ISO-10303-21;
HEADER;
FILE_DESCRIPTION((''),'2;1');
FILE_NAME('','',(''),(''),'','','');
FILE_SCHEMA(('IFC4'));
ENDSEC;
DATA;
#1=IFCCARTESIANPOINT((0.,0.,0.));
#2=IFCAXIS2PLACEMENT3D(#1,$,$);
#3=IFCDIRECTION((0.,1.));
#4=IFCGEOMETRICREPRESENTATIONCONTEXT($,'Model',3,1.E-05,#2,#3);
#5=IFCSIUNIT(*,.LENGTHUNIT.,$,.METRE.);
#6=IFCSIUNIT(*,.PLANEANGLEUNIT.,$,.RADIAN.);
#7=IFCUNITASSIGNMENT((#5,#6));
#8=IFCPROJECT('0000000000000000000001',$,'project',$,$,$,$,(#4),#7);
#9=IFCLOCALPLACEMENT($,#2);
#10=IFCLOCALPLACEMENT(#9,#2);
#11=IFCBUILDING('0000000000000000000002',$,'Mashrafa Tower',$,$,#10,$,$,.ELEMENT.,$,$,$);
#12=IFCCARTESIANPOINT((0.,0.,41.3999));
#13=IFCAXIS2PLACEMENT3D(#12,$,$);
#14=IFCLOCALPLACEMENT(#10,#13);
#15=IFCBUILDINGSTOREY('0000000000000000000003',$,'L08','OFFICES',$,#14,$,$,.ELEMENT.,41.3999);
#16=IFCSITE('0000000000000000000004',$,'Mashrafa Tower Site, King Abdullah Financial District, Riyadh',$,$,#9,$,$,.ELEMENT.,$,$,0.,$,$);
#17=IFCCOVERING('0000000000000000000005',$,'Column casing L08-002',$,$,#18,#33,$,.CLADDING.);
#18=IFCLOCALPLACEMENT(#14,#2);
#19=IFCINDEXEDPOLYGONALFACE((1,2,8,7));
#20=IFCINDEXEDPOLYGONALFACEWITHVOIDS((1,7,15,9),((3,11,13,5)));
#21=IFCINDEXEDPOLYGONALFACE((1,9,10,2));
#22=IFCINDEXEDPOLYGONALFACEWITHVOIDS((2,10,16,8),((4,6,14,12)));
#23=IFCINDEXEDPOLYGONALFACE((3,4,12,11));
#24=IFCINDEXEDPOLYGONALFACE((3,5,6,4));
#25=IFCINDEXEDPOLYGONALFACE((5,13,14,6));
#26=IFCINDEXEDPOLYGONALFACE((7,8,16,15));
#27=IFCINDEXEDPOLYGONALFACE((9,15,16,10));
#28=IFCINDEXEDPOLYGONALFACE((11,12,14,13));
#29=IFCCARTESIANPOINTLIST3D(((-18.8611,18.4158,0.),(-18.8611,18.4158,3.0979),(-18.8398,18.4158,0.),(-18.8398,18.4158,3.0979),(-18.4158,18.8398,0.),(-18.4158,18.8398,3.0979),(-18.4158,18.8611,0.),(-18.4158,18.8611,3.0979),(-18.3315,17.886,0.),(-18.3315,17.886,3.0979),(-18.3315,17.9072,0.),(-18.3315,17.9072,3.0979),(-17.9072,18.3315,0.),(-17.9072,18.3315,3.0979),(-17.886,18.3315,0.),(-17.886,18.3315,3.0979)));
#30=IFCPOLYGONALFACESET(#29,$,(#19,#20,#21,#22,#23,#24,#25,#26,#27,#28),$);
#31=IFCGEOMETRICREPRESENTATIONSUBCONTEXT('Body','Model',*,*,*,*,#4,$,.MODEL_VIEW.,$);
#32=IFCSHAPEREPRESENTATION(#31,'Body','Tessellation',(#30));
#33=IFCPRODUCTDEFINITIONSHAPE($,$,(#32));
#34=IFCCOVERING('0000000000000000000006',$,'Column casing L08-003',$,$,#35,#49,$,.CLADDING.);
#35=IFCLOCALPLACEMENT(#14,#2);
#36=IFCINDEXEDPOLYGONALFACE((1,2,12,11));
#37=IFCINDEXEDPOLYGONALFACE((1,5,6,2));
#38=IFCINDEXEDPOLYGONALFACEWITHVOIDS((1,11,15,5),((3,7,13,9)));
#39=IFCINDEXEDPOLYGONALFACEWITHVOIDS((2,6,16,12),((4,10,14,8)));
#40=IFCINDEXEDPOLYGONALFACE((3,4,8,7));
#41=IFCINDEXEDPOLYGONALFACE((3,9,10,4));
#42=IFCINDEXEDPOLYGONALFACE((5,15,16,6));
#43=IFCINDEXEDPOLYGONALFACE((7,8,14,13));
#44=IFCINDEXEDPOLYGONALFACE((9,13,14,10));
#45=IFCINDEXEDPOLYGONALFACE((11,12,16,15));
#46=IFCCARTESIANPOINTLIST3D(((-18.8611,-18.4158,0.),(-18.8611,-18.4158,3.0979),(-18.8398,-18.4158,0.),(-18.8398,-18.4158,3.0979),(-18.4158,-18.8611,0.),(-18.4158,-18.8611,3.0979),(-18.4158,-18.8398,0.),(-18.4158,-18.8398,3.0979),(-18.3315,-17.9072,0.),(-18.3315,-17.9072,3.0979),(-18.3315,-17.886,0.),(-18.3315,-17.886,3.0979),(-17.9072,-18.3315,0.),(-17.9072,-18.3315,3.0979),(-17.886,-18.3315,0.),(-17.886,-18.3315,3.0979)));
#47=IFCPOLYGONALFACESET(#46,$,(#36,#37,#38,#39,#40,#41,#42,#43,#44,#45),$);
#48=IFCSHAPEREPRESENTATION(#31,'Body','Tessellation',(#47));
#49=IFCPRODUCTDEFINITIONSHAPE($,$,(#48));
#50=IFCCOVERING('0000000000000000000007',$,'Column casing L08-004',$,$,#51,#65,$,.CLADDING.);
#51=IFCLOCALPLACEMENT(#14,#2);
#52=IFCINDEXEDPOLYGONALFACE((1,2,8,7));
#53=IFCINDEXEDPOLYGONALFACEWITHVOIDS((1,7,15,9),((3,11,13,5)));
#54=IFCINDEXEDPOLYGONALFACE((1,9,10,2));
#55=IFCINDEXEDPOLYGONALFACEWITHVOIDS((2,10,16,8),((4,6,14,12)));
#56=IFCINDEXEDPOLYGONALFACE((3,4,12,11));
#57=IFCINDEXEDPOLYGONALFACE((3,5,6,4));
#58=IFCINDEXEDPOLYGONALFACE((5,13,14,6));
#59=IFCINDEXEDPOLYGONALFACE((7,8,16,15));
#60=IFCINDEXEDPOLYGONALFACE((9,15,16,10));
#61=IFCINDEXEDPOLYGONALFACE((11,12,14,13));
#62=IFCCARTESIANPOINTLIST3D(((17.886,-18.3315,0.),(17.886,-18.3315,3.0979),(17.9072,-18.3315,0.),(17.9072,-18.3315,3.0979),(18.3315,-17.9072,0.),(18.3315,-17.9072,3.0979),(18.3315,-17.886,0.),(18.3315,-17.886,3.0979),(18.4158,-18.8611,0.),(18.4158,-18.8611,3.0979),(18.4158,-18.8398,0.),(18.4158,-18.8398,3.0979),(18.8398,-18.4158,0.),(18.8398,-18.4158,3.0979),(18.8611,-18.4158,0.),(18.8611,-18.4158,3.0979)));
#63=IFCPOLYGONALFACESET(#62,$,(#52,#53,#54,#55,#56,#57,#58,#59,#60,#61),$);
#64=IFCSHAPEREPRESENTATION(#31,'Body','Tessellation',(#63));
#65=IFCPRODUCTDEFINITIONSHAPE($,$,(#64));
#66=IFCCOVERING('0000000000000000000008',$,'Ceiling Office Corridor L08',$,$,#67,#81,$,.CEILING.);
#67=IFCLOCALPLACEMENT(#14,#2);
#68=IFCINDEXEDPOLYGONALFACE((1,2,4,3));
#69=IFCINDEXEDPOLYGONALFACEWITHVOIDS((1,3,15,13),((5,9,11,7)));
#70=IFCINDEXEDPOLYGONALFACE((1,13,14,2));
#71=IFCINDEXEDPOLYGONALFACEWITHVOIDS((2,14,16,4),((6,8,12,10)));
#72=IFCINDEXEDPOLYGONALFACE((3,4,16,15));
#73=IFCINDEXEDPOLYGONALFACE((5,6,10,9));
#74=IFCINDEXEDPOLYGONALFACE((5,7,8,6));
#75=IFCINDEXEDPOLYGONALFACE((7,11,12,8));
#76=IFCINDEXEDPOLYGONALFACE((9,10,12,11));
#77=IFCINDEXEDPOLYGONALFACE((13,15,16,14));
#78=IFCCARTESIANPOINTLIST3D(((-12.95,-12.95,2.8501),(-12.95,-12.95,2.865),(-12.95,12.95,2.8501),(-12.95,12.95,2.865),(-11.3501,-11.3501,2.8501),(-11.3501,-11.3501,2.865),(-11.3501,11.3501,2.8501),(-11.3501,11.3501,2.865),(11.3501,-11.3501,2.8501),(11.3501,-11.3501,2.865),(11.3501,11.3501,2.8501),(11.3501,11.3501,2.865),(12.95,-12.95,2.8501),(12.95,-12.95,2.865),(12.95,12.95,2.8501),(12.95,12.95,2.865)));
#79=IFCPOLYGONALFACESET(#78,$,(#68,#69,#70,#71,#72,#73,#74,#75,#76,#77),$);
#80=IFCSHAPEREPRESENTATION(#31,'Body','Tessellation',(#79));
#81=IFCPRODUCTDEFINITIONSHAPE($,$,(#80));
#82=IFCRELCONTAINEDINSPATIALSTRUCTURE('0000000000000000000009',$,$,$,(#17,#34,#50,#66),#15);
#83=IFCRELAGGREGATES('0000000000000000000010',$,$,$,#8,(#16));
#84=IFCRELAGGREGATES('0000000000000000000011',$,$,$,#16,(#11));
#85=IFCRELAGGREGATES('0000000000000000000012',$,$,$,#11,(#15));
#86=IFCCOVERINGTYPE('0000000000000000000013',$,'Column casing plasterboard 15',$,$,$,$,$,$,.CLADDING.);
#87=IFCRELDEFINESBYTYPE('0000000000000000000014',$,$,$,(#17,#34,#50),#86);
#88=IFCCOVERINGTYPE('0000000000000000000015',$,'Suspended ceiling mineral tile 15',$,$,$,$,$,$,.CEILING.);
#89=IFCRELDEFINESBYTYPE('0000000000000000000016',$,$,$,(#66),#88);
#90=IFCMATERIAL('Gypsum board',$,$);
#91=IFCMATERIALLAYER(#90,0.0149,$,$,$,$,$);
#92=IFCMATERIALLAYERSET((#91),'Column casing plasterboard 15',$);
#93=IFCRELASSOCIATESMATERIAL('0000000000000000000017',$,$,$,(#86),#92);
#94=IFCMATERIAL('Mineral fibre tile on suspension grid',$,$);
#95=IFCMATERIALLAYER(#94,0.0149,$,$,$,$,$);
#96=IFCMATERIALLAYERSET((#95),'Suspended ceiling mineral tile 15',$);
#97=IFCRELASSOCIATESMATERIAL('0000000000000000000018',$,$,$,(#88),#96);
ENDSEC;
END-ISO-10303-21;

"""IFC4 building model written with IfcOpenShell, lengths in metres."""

from ifc_helpers import new_model, si_unit, direction, frame, origin, place, context, subcontext, project, spatial, polyline, outline, extrude, material, layer, layer_set, type_object, element, save


model = new_model("IFC4")

# Units and contexts
model_context = context("Model", 3, precision=1e-05, world=origin(), true_north=direction((0.0, 1.0)))
body_context = subcontext(model_context, "Body", "Model", "MODEL_VIEW")
ifc_project = project(units=[si_unit("LENGTHUNIT", "METRE"), si_unit("PLANEANGLEUNIT", "RADIAN")], contexts=[model_context])

# Site, building, storey
site_placement = place(None, origin())
site = spatial("IfcSite", under=ifc_project, at=site_placement, Name="Mashrafa Tower Site, King Abdullah Financial District, Riyadh", CompositionType="ELEMENT", RefElevation=0.0)
building_placement = place(site_placement, origin())
building = spatial("IfcBuilding", under=site, at=building_placement, Name="Mashrafa Tower", CompositionType="ELEMENT")
storey_placement = place(building_placement, frame((0.0, 0.0, 41.3999)))
storey = spatial("IfcBuildingStorey", under=building, at=storey_placement, Name="L08", Description="OFFICES", CompositionType="ELEMENT", Elevation=41.3999)

# Coverings
ifc_material_1 = material(Name="Gypsum board")
ifc_layer_1 = layer(ifc_material_1, 0.0149)
ifc_layer_set_1 = layer_set([ifc_layer_1], Name="Column casing plasterboard 15")
covering_type_1 = type_object("IfcCoveringType", Name="Column casing plasterboard 15", PredefinedType="CLADDING", material=ifc_layer_set_1)
covering_1_placement = place(storey_placement, origin())
element("IfcCovering", 1, at=covering_1_placement, inside=storey, type_object=covering_type_1, Name="Column casing L08-002", PredefinedType="CLADDING", context=body_context, shape_type="SweptSolid", body=[
    extrude(outline(polyline([(-18.8611, 18.4158), (-18.4158, 18.8611), (-17.886, 18.3315), (-18.3315, 17.886), (-18.8611, 18.4158)]), holes=[polyline([(-17.9072, 18.3315), (-18.4158, 18.8398), (-18.8398, 18.4158), (-18.3315, 17.9072), (-17.9072, 18.3315)])]), origin(), (0.0, 0.0, 1.0), 3.0979),
])
covering_2_placement = place(storey_placement, origin())
element("IfcCovering", 2, at=covering_2_placement, inside=storey, type_object=covering_type_1, Name="Column casing L08-003", PredefinedType="CLADDING", context=body_context, shape_type="SweptSolid", body=[
    extrude(outline(polyline([(-18.8611, -18.4158), (-18.3315, -17.886), (-17.886, -18.3315), (-18.4158, -18.8611), (-18.8611, -18.4158)]), holes=[polyline([(-17.9072, -18.3315), (-18.3315, -17.9072), (-18.8398, -18.4158), (-18.4158, -18.8398), (-17.9072, -18.3315)])]), origin(), (0.0, 0.0, 1.0), 3.0979),
])
covering_3_placement = place(storey_placement, origin())
element("IfcCovering", 3, at=covering_3_placement, inside=storey, type_object=covering_type_1, Name="Column casing L08-004", PredefinedType="CLADDING", context=body_context, shape_type="SweptSolid", body=[
    extrude(outline(polyline([(17.886, -18.3315), (18.3315, -17.886), (18.8611, -18.4158), (18.4158, -18.8611), (17.886, -18.3315)]), holes=[polyline([(18.8398, -18.4158), (18.3315, -17.9072), (17.9072, -18.3315), (18.4158, -18.8398), (18.8398, -18.4158)])]), origin(), (0.0, 0.0, 1.0), 3.0979),
])
ifc_material_2 = material(Name="Mineral fibre tile on suspension grid")
ifc_layer_2 = layer(ifc_material_2, 0.0149)
ifc_layer_set_2 = layer_set([ifc_layer_2], Name="Suspended ceiling mineral tile 15")
covering_type_2 = type_object("IfcCoveringType", Name="Suspended ceiling mineral tile 15", PredefinedType="CEILING", material=ifc_layer_set_2)
covering_4_placement = place(storey_placement, frame((0.0, 0.0, 2.8501)))
element("IfcCovering", 4, at=covering_4_placement, inside=storey, type_object=covering_type_2, Name="Ceiling Office Corridor L08", PredefinedType="CEILING", context=body_context, shape_type="SweptSolid", body=[
    extrude(outline(polyline([(-12.95, -12.95), (-12.95, 12.95), (12.95, 12.95), (12.95, -12.95), (-12.95, -12.95)]), holes=[polyline([(11.3501, 11.3501), (-11.3501, 11.3501), (-11.3501, -11.3501), (11.3501, -11.3501), (11.3501, 11.3501)])]), origin(), (0.0, 0.0, 1.0), 0.0149),
])

save(model, "model.ifc")
